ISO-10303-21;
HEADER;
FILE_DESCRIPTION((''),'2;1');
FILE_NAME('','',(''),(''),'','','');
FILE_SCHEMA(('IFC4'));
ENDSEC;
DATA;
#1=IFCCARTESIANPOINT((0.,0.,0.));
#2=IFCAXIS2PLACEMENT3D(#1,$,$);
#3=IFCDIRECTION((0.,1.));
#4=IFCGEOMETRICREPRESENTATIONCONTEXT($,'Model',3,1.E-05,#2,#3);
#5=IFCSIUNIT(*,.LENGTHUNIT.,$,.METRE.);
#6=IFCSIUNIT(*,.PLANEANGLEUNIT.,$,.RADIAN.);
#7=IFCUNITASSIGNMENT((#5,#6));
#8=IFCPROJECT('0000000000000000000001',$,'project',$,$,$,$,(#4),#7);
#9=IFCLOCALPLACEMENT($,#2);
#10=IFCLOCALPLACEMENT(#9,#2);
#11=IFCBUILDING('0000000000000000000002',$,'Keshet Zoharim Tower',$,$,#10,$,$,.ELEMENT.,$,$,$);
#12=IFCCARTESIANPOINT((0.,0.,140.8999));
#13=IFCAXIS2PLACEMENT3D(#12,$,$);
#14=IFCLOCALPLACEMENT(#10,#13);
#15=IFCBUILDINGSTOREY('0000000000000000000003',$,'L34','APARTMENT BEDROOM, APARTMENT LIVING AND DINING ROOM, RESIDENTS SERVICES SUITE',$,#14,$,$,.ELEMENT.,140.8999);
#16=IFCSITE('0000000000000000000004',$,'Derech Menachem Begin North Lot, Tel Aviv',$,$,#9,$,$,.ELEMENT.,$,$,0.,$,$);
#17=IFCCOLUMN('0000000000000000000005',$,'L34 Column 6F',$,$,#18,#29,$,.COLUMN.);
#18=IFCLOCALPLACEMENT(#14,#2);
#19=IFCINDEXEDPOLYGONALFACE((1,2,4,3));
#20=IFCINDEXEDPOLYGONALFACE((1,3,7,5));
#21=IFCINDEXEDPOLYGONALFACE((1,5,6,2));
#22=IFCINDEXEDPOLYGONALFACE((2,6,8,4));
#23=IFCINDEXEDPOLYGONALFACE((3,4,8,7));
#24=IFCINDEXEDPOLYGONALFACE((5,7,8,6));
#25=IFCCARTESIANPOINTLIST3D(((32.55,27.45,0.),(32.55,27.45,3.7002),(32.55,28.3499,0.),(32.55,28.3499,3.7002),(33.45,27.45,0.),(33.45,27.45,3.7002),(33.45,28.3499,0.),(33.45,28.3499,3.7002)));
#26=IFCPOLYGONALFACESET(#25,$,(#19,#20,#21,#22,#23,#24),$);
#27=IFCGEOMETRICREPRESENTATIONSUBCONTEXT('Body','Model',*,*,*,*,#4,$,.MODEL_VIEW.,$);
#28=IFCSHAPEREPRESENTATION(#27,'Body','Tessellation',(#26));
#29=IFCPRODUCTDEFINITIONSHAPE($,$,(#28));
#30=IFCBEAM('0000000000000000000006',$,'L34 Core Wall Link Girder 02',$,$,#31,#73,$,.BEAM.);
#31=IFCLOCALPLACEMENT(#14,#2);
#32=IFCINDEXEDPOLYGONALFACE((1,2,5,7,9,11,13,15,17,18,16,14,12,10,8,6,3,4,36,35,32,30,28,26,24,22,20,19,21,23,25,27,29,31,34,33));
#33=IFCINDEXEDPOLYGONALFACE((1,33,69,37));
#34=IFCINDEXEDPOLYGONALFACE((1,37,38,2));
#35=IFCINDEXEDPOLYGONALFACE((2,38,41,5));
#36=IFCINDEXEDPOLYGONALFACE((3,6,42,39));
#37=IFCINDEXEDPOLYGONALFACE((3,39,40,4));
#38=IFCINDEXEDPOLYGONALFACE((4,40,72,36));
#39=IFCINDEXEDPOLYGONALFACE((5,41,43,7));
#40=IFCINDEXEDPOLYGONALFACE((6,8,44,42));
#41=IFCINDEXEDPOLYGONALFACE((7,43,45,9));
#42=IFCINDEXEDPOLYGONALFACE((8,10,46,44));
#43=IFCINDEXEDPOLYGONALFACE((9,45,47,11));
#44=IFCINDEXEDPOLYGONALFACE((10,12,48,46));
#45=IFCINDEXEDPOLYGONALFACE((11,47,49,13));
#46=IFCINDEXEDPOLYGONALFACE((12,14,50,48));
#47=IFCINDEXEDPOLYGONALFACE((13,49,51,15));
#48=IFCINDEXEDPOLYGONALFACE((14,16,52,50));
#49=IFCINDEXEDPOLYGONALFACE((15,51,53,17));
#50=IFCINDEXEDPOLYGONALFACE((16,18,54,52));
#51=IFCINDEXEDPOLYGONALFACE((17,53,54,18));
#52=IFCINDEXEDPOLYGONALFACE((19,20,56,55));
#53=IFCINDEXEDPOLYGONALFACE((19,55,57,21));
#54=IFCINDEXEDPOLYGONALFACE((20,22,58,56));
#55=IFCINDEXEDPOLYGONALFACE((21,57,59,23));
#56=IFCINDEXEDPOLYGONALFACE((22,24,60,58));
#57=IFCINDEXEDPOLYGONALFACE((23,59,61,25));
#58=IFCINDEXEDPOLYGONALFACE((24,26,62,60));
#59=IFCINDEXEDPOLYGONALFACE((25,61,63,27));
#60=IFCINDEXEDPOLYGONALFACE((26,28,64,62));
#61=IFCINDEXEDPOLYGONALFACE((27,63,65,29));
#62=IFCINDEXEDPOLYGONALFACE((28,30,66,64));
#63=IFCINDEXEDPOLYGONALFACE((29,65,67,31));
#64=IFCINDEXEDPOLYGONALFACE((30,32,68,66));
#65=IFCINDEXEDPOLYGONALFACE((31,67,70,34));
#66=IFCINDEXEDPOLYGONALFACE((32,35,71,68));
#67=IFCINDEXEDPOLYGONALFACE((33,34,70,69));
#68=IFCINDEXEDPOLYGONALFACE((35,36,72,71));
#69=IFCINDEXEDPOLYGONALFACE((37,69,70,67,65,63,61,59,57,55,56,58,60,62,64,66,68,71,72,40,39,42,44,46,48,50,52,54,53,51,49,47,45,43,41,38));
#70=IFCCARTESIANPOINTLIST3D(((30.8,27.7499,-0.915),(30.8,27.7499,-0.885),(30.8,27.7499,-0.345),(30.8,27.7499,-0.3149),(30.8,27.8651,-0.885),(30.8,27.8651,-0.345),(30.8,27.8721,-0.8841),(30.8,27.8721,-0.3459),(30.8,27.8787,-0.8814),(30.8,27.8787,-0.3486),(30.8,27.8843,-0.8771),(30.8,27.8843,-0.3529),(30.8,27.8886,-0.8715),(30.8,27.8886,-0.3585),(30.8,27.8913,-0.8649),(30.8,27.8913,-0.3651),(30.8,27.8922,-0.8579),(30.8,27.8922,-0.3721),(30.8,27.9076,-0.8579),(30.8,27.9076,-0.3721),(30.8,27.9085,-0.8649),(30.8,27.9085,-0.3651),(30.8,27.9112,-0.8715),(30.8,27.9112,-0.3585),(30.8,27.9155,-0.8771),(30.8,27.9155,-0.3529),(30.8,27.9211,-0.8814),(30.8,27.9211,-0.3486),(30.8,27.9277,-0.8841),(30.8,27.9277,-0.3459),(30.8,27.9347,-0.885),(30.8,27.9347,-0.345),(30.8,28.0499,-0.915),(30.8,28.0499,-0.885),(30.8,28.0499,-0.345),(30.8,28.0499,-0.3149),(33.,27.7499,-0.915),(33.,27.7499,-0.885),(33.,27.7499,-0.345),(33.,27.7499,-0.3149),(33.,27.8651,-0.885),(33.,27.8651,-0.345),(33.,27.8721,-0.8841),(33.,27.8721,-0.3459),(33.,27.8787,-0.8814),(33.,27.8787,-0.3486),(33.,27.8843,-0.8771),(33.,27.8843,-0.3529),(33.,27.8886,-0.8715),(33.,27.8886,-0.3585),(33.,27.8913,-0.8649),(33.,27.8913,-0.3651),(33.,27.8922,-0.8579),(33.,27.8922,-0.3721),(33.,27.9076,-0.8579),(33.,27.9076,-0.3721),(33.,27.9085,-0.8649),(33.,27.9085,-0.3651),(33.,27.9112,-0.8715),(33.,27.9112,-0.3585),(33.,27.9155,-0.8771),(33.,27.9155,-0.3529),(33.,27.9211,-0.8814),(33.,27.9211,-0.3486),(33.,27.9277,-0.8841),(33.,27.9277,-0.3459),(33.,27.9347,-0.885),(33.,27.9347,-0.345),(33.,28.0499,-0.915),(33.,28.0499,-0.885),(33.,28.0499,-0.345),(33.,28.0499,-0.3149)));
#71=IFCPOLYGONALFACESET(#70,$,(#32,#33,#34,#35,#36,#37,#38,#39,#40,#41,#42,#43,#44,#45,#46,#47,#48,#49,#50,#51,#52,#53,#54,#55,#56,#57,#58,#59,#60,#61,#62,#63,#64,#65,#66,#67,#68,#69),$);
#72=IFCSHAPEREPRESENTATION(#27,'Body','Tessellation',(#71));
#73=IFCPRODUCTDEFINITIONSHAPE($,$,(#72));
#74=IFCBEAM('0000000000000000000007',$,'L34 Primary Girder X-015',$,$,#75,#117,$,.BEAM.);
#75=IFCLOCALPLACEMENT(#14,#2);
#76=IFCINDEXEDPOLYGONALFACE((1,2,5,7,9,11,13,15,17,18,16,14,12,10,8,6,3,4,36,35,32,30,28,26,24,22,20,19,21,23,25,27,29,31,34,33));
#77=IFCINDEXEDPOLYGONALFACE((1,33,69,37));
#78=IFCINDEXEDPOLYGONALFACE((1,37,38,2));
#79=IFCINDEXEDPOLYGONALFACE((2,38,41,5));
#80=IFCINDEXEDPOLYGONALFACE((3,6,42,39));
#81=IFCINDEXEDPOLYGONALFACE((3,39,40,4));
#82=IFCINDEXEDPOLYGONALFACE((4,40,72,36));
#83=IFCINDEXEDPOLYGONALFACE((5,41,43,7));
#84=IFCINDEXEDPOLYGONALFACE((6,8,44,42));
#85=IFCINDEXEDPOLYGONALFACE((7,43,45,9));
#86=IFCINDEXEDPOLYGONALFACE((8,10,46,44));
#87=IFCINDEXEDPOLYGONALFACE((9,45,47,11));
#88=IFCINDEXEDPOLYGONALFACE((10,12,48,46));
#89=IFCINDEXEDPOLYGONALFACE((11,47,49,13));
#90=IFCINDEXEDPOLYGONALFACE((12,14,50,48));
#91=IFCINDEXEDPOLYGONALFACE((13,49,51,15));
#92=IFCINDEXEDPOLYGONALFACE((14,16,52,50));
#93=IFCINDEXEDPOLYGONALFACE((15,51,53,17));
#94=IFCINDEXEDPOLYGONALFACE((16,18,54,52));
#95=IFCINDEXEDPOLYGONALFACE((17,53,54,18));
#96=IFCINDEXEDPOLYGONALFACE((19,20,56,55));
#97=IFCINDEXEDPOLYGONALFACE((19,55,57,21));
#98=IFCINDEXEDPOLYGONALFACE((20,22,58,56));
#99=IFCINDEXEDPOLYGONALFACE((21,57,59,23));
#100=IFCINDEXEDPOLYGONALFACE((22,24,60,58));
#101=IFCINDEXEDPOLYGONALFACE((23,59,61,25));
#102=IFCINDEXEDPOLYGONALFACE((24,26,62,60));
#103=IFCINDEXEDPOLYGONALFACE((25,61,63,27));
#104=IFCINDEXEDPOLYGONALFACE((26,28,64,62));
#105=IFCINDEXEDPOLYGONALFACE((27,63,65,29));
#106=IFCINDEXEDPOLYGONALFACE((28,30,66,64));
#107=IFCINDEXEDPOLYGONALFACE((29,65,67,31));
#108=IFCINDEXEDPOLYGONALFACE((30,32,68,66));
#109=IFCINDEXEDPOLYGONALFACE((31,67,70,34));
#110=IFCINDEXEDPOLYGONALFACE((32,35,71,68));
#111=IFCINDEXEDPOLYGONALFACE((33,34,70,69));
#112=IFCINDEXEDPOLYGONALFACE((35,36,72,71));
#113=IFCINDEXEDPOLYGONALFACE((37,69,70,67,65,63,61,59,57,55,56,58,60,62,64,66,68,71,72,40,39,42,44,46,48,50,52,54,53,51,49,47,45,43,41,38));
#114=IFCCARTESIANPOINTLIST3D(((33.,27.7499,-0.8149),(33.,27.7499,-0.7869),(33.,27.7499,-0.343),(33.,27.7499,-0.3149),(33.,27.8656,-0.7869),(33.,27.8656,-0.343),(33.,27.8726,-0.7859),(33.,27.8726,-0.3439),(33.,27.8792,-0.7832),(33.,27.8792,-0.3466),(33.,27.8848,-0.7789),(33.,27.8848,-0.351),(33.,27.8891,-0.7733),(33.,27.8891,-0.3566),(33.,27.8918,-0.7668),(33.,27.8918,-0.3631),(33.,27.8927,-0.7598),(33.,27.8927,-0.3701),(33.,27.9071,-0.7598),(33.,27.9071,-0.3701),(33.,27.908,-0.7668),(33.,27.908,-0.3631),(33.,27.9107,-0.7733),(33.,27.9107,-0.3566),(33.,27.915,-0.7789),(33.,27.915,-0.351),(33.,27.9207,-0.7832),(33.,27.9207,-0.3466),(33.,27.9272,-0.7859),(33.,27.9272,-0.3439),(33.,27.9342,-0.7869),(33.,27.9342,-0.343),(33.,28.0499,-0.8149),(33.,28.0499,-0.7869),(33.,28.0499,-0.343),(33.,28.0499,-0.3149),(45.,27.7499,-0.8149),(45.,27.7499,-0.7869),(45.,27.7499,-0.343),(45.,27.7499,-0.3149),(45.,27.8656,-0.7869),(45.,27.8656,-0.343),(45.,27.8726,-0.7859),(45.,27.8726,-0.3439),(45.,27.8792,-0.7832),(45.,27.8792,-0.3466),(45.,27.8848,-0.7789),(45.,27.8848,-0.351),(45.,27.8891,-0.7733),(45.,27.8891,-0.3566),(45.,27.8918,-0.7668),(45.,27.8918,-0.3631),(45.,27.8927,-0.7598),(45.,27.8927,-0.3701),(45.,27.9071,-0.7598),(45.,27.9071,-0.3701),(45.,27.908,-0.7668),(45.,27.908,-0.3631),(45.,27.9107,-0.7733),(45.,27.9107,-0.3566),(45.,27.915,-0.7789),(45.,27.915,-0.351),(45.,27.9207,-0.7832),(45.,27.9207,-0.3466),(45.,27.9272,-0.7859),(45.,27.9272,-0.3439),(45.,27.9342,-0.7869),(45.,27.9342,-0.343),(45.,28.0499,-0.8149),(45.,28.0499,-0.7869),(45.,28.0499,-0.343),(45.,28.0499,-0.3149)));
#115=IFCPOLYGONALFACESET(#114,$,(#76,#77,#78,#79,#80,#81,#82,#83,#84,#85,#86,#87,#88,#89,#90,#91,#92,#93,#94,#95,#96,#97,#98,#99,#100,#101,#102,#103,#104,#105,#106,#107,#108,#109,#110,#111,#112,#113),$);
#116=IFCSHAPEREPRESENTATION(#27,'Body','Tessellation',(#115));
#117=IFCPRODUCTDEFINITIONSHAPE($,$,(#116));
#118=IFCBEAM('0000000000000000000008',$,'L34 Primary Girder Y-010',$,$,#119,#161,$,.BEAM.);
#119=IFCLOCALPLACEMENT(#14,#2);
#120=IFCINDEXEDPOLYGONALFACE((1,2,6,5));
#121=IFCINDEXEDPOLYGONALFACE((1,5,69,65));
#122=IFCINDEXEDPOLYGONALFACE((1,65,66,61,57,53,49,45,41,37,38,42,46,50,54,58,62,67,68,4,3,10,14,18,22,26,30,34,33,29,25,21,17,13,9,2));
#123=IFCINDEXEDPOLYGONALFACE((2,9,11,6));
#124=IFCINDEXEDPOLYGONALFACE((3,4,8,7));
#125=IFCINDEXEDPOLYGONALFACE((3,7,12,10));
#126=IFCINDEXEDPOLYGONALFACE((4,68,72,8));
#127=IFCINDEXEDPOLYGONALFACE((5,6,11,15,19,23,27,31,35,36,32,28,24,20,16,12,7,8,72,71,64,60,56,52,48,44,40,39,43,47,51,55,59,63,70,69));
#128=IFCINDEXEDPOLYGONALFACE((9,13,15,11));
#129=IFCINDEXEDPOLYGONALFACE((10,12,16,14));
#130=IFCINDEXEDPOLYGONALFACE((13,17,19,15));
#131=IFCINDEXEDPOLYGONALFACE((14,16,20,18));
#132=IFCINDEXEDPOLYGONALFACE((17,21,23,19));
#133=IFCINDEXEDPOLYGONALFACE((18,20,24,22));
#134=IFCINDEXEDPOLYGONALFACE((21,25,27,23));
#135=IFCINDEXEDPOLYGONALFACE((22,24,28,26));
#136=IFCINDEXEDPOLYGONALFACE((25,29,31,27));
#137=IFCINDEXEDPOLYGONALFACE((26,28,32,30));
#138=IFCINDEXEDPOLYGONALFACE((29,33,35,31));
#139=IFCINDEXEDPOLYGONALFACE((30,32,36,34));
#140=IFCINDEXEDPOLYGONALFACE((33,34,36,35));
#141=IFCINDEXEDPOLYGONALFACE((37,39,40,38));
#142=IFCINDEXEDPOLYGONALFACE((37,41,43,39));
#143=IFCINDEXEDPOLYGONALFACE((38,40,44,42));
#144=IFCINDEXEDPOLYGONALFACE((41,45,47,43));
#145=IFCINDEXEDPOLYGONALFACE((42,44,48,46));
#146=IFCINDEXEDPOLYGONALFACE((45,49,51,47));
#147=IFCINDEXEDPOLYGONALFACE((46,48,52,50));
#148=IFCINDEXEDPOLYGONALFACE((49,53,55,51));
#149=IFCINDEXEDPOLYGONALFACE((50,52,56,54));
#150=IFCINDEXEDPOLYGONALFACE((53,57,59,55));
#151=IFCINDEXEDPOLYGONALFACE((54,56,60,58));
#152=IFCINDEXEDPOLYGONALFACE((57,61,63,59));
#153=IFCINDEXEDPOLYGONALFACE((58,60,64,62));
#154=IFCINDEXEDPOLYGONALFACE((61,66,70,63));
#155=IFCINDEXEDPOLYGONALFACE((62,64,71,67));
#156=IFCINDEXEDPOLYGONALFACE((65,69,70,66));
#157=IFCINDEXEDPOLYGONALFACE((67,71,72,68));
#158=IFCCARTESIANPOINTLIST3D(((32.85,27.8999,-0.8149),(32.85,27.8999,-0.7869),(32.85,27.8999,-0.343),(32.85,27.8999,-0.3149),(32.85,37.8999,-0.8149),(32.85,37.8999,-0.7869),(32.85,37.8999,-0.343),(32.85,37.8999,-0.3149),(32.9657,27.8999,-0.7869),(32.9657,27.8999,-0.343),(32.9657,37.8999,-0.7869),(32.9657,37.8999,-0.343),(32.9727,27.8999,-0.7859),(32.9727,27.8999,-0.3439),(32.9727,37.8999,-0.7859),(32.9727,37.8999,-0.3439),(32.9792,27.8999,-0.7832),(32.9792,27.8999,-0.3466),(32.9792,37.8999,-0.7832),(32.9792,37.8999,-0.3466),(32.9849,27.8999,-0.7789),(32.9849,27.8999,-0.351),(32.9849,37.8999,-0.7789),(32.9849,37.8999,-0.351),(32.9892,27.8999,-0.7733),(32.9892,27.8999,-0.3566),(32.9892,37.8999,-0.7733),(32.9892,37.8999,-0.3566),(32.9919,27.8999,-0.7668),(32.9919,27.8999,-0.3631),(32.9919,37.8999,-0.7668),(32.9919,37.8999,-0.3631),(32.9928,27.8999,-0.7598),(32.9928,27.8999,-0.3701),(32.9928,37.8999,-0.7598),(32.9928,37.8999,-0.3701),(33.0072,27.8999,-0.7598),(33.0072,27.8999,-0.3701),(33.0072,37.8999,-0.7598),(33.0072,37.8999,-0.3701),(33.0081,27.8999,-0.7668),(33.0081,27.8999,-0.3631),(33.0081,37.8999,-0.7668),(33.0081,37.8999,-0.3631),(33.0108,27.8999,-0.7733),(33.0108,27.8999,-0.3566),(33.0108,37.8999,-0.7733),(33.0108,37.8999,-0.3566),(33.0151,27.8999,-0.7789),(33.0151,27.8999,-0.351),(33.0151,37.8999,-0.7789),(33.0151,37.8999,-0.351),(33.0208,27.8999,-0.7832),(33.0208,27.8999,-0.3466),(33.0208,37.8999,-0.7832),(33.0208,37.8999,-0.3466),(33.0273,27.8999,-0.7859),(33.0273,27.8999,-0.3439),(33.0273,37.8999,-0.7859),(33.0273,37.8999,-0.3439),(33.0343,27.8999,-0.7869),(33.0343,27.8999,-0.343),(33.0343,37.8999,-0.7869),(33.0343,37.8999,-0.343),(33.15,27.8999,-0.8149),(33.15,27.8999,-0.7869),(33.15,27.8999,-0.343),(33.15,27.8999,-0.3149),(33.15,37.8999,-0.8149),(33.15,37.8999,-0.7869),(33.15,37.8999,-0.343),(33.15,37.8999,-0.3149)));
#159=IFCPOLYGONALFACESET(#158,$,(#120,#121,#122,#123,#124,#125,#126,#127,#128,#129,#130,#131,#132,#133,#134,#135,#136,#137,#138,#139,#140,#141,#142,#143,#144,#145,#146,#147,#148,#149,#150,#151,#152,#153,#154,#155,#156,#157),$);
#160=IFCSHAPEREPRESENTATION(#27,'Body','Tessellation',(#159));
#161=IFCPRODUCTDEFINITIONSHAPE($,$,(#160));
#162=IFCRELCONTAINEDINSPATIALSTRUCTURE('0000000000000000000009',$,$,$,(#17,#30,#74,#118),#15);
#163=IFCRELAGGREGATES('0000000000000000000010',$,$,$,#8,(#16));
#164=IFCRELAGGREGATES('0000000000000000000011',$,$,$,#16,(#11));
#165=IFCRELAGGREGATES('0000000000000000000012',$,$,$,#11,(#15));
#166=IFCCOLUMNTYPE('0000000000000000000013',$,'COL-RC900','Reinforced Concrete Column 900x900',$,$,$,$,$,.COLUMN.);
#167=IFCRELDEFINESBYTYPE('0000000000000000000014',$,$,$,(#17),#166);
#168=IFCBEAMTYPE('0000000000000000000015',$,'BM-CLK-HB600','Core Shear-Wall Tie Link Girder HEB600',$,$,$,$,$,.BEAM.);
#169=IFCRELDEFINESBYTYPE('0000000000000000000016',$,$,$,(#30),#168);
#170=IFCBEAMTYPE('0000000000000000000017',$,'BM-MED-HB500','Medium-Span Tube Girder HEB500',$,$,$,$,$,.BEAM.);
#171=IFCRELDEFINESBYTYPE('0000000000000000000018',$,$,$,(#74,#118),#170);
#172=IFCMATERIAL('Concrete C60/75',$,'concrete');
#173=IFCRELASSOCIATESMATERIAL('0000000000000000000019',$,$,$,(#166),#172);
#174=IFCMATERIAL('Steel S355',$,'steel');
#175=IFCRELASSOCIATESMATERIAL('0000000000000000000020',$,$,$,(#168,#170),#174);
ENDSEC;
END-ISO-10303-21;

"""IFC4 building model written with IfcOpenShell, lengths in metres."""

from ifc_helpers import new_model, si_unit, direction, frame, origin, origin_2d, place, context, subcontext, project, spatial, rectangle, i_section, extrude, material, material_profile, profile_set, type_object, element, save


model = new_model("IFC4")

# Units and contexts
model_context = context("Model", 3, precision=1e-05, world=origin(), true_north=direction((0.0, 1.0)))
body_context = subcontext(model_context, "Body", "Model", "MODEL_VIEW")
ifc_project = project(units=[si_unit("LENGTHUNIT", "METRE"), si_unit("PLANEANGLEUNIT", "RADIAN")], contexts=[model_context])

# Site, building, storey
site_placement = place(None, origin())
site = spatial("IfcSite", under=ifc_project, at=site_placement, Name="Derech Menachem Begin North Lot, Tel Aviv", CompositionType="ELEMENT", RefElevation=0.0)
building_placement = place(site_placement, origin())
building = spatial("IfcBuilding", under=site, at=building_placement, Name="Keshet Zoharim Tower", CompositionType="ELEMENT")
storey_placement = place(building_placement, frame((0.0, 0.0, 140.8999)))
storey = spatial("IfcBuildingStorey", under=building, at=storey_placement, Name="L34", Description="APARTMENT BEDROOM, APARTMENT LIVING AND DINING ROOM, RESIDENTS SERVICES SUITE", CompositionType="ELEMENT", Elevation=140.8999)

# Column
ifc_material_1 = material(Name="Concrete C60/75", Category="concrete")
ifc_material_profile_1 = material_profile(ifc_material_1, rectangle(XDim=0.8999, YDim=0.8999, at=origin_2d()), Name="RC900x900")
ifc_profile_set_1 = profile_set([ifc_material_profile_1], Name="Concrete C60/75")
column_type = type_object("IfcColumnType", Name="COL-RC900", Description="Reinforced Concrete Column 900x900", PredefinedType="COLUMN", material=ifc_profile_set_1)
column_placement = place(storey_placement, frame((33.0, 27.8999, 0.0), z_axis=(0.0, 0.0, 1.0), x_axis=(1.0, 0.0, 0.0)))
element("IfcColumn", 1, at=column_placement, inside=storey, type_object=column_type, Name="L34 Column 6F", PredefinedType="COLUMN", context=body_context, shape_type="SweptSolid", body=[
    extrude(rectangle(XDim=0.8999, YDim=0.8999, at=origin_2d()), origin(), (0.0, 0.0, 1.0), 3.7002),
])

# Beams
ifc_material_2 = material(Name="Steel S355", Category="steel")
ifc_material_profile_2 = material_profile(ifc_material_2, i_section(OverallWidth=0.3, OverallDepth=0.6001, WebThickness=0.0154, FlangeThickness=0.03, FilletRadius=0.0271, at=origin_2d()), Name="HEB600")
ifc_profile_set_2 = profile_set([ifc_material_profile_2], Name="Steel S355")
beam_type_1 = type_object("IfcBeamType", Name="BM-CLK-HB600", Description="Core Shear-Wall Tie Link Girder HEB600", PredefinedType="BEAM", material=ifc_profile_set_2)
beam_1_placement = place(storey_placement, frame((30.8, 27.8999, -0.615), z_axis=(1.0, 0.0, 0.0), x_axis=(0.0, 1.0, 0.0)))
element("IfcBeam", 2, at=beam_1_placement, inside=storey, type_object=beam_type_1, Name="L34 Core Wall Link Girder 02", PredefinedType="BEAM", context=body_context, shape_type="SweptSolid", body=[
    extrude(i_section(OverallWidth=0.3, OverallDepth=0.6001, WebThickness=0.0154, FlangeThickness=0.03, FilletRadius=0.0271, at=origin_2d()), origin(), (0.0, 0.0, 1.0), 2.2),
])
ifc_material_profile_3 = material_profile(ifc_material_2, i_section(OverallWidth=0.3, OverallDepth=0.5, WebThickness=0.0144, FlangeThickness=0.0281, FilletRadius=0.0271, at=origin_2d()), Name="HEB500")
ifc_profile_set_3 = profile_set([ifc_material_profile_3], Name="Steel S355")
beam_type_2 = type_object("IfcBeamType", Name="BM-MED-HB500", Description="Medium-Span Tube Girder HEB500", PredefinedType="BEAM", material=ifc_profile_set_3)
beam_2_placement = place(storey_placement, frame((33.0, 27.8999, -0.5649), z_axis=(1.0, 0.0, 0.0), x_axis=(0.0, 1.0, 0.0)))
element("IfcBeam", 3, at=beam_2_placement, inside=storey, type_object=beam_type_2, Name="L34 Primary Girder X-015", PredefinedType="BEAM", context=body_context, shape_type="SweptSolid", body=[
    extrude(i_section(OverallWidth=0.3, OverallDepth=0.5, WebThickness=0.0144, FlangeThickness=0.0281, FilletRadius=0.0271, at=origin_2d()), origin(), (0.0, 0.0, 1.0), 12.0),
])
beam_3_placement = place(storey_placement, frame((33.0, 27.8999, -0.5649), z_axis=(0.0, 1.0, 0.0), x_axis=(-1.0, 0.0, 0.0)))
element("IfcBeam", 4, at=beam_3_placement, inside=storey, type_object=beam_type_2, Name="L34 Primary Girder Y-010", PredefinedType="BEAM", context=body_context, shape_type="SweptSolid", body=[
    extrude(i_section(OverallWidth=0.3, OverallDepth=0.5, WebThickness=0.0144, FlangeThickness=0.0281, FilletRadius=0.0271, at=origin_2d()), origin(), (0.0, 0.0, 1.0), 10.0),
])

save(model, "model.ifc")
